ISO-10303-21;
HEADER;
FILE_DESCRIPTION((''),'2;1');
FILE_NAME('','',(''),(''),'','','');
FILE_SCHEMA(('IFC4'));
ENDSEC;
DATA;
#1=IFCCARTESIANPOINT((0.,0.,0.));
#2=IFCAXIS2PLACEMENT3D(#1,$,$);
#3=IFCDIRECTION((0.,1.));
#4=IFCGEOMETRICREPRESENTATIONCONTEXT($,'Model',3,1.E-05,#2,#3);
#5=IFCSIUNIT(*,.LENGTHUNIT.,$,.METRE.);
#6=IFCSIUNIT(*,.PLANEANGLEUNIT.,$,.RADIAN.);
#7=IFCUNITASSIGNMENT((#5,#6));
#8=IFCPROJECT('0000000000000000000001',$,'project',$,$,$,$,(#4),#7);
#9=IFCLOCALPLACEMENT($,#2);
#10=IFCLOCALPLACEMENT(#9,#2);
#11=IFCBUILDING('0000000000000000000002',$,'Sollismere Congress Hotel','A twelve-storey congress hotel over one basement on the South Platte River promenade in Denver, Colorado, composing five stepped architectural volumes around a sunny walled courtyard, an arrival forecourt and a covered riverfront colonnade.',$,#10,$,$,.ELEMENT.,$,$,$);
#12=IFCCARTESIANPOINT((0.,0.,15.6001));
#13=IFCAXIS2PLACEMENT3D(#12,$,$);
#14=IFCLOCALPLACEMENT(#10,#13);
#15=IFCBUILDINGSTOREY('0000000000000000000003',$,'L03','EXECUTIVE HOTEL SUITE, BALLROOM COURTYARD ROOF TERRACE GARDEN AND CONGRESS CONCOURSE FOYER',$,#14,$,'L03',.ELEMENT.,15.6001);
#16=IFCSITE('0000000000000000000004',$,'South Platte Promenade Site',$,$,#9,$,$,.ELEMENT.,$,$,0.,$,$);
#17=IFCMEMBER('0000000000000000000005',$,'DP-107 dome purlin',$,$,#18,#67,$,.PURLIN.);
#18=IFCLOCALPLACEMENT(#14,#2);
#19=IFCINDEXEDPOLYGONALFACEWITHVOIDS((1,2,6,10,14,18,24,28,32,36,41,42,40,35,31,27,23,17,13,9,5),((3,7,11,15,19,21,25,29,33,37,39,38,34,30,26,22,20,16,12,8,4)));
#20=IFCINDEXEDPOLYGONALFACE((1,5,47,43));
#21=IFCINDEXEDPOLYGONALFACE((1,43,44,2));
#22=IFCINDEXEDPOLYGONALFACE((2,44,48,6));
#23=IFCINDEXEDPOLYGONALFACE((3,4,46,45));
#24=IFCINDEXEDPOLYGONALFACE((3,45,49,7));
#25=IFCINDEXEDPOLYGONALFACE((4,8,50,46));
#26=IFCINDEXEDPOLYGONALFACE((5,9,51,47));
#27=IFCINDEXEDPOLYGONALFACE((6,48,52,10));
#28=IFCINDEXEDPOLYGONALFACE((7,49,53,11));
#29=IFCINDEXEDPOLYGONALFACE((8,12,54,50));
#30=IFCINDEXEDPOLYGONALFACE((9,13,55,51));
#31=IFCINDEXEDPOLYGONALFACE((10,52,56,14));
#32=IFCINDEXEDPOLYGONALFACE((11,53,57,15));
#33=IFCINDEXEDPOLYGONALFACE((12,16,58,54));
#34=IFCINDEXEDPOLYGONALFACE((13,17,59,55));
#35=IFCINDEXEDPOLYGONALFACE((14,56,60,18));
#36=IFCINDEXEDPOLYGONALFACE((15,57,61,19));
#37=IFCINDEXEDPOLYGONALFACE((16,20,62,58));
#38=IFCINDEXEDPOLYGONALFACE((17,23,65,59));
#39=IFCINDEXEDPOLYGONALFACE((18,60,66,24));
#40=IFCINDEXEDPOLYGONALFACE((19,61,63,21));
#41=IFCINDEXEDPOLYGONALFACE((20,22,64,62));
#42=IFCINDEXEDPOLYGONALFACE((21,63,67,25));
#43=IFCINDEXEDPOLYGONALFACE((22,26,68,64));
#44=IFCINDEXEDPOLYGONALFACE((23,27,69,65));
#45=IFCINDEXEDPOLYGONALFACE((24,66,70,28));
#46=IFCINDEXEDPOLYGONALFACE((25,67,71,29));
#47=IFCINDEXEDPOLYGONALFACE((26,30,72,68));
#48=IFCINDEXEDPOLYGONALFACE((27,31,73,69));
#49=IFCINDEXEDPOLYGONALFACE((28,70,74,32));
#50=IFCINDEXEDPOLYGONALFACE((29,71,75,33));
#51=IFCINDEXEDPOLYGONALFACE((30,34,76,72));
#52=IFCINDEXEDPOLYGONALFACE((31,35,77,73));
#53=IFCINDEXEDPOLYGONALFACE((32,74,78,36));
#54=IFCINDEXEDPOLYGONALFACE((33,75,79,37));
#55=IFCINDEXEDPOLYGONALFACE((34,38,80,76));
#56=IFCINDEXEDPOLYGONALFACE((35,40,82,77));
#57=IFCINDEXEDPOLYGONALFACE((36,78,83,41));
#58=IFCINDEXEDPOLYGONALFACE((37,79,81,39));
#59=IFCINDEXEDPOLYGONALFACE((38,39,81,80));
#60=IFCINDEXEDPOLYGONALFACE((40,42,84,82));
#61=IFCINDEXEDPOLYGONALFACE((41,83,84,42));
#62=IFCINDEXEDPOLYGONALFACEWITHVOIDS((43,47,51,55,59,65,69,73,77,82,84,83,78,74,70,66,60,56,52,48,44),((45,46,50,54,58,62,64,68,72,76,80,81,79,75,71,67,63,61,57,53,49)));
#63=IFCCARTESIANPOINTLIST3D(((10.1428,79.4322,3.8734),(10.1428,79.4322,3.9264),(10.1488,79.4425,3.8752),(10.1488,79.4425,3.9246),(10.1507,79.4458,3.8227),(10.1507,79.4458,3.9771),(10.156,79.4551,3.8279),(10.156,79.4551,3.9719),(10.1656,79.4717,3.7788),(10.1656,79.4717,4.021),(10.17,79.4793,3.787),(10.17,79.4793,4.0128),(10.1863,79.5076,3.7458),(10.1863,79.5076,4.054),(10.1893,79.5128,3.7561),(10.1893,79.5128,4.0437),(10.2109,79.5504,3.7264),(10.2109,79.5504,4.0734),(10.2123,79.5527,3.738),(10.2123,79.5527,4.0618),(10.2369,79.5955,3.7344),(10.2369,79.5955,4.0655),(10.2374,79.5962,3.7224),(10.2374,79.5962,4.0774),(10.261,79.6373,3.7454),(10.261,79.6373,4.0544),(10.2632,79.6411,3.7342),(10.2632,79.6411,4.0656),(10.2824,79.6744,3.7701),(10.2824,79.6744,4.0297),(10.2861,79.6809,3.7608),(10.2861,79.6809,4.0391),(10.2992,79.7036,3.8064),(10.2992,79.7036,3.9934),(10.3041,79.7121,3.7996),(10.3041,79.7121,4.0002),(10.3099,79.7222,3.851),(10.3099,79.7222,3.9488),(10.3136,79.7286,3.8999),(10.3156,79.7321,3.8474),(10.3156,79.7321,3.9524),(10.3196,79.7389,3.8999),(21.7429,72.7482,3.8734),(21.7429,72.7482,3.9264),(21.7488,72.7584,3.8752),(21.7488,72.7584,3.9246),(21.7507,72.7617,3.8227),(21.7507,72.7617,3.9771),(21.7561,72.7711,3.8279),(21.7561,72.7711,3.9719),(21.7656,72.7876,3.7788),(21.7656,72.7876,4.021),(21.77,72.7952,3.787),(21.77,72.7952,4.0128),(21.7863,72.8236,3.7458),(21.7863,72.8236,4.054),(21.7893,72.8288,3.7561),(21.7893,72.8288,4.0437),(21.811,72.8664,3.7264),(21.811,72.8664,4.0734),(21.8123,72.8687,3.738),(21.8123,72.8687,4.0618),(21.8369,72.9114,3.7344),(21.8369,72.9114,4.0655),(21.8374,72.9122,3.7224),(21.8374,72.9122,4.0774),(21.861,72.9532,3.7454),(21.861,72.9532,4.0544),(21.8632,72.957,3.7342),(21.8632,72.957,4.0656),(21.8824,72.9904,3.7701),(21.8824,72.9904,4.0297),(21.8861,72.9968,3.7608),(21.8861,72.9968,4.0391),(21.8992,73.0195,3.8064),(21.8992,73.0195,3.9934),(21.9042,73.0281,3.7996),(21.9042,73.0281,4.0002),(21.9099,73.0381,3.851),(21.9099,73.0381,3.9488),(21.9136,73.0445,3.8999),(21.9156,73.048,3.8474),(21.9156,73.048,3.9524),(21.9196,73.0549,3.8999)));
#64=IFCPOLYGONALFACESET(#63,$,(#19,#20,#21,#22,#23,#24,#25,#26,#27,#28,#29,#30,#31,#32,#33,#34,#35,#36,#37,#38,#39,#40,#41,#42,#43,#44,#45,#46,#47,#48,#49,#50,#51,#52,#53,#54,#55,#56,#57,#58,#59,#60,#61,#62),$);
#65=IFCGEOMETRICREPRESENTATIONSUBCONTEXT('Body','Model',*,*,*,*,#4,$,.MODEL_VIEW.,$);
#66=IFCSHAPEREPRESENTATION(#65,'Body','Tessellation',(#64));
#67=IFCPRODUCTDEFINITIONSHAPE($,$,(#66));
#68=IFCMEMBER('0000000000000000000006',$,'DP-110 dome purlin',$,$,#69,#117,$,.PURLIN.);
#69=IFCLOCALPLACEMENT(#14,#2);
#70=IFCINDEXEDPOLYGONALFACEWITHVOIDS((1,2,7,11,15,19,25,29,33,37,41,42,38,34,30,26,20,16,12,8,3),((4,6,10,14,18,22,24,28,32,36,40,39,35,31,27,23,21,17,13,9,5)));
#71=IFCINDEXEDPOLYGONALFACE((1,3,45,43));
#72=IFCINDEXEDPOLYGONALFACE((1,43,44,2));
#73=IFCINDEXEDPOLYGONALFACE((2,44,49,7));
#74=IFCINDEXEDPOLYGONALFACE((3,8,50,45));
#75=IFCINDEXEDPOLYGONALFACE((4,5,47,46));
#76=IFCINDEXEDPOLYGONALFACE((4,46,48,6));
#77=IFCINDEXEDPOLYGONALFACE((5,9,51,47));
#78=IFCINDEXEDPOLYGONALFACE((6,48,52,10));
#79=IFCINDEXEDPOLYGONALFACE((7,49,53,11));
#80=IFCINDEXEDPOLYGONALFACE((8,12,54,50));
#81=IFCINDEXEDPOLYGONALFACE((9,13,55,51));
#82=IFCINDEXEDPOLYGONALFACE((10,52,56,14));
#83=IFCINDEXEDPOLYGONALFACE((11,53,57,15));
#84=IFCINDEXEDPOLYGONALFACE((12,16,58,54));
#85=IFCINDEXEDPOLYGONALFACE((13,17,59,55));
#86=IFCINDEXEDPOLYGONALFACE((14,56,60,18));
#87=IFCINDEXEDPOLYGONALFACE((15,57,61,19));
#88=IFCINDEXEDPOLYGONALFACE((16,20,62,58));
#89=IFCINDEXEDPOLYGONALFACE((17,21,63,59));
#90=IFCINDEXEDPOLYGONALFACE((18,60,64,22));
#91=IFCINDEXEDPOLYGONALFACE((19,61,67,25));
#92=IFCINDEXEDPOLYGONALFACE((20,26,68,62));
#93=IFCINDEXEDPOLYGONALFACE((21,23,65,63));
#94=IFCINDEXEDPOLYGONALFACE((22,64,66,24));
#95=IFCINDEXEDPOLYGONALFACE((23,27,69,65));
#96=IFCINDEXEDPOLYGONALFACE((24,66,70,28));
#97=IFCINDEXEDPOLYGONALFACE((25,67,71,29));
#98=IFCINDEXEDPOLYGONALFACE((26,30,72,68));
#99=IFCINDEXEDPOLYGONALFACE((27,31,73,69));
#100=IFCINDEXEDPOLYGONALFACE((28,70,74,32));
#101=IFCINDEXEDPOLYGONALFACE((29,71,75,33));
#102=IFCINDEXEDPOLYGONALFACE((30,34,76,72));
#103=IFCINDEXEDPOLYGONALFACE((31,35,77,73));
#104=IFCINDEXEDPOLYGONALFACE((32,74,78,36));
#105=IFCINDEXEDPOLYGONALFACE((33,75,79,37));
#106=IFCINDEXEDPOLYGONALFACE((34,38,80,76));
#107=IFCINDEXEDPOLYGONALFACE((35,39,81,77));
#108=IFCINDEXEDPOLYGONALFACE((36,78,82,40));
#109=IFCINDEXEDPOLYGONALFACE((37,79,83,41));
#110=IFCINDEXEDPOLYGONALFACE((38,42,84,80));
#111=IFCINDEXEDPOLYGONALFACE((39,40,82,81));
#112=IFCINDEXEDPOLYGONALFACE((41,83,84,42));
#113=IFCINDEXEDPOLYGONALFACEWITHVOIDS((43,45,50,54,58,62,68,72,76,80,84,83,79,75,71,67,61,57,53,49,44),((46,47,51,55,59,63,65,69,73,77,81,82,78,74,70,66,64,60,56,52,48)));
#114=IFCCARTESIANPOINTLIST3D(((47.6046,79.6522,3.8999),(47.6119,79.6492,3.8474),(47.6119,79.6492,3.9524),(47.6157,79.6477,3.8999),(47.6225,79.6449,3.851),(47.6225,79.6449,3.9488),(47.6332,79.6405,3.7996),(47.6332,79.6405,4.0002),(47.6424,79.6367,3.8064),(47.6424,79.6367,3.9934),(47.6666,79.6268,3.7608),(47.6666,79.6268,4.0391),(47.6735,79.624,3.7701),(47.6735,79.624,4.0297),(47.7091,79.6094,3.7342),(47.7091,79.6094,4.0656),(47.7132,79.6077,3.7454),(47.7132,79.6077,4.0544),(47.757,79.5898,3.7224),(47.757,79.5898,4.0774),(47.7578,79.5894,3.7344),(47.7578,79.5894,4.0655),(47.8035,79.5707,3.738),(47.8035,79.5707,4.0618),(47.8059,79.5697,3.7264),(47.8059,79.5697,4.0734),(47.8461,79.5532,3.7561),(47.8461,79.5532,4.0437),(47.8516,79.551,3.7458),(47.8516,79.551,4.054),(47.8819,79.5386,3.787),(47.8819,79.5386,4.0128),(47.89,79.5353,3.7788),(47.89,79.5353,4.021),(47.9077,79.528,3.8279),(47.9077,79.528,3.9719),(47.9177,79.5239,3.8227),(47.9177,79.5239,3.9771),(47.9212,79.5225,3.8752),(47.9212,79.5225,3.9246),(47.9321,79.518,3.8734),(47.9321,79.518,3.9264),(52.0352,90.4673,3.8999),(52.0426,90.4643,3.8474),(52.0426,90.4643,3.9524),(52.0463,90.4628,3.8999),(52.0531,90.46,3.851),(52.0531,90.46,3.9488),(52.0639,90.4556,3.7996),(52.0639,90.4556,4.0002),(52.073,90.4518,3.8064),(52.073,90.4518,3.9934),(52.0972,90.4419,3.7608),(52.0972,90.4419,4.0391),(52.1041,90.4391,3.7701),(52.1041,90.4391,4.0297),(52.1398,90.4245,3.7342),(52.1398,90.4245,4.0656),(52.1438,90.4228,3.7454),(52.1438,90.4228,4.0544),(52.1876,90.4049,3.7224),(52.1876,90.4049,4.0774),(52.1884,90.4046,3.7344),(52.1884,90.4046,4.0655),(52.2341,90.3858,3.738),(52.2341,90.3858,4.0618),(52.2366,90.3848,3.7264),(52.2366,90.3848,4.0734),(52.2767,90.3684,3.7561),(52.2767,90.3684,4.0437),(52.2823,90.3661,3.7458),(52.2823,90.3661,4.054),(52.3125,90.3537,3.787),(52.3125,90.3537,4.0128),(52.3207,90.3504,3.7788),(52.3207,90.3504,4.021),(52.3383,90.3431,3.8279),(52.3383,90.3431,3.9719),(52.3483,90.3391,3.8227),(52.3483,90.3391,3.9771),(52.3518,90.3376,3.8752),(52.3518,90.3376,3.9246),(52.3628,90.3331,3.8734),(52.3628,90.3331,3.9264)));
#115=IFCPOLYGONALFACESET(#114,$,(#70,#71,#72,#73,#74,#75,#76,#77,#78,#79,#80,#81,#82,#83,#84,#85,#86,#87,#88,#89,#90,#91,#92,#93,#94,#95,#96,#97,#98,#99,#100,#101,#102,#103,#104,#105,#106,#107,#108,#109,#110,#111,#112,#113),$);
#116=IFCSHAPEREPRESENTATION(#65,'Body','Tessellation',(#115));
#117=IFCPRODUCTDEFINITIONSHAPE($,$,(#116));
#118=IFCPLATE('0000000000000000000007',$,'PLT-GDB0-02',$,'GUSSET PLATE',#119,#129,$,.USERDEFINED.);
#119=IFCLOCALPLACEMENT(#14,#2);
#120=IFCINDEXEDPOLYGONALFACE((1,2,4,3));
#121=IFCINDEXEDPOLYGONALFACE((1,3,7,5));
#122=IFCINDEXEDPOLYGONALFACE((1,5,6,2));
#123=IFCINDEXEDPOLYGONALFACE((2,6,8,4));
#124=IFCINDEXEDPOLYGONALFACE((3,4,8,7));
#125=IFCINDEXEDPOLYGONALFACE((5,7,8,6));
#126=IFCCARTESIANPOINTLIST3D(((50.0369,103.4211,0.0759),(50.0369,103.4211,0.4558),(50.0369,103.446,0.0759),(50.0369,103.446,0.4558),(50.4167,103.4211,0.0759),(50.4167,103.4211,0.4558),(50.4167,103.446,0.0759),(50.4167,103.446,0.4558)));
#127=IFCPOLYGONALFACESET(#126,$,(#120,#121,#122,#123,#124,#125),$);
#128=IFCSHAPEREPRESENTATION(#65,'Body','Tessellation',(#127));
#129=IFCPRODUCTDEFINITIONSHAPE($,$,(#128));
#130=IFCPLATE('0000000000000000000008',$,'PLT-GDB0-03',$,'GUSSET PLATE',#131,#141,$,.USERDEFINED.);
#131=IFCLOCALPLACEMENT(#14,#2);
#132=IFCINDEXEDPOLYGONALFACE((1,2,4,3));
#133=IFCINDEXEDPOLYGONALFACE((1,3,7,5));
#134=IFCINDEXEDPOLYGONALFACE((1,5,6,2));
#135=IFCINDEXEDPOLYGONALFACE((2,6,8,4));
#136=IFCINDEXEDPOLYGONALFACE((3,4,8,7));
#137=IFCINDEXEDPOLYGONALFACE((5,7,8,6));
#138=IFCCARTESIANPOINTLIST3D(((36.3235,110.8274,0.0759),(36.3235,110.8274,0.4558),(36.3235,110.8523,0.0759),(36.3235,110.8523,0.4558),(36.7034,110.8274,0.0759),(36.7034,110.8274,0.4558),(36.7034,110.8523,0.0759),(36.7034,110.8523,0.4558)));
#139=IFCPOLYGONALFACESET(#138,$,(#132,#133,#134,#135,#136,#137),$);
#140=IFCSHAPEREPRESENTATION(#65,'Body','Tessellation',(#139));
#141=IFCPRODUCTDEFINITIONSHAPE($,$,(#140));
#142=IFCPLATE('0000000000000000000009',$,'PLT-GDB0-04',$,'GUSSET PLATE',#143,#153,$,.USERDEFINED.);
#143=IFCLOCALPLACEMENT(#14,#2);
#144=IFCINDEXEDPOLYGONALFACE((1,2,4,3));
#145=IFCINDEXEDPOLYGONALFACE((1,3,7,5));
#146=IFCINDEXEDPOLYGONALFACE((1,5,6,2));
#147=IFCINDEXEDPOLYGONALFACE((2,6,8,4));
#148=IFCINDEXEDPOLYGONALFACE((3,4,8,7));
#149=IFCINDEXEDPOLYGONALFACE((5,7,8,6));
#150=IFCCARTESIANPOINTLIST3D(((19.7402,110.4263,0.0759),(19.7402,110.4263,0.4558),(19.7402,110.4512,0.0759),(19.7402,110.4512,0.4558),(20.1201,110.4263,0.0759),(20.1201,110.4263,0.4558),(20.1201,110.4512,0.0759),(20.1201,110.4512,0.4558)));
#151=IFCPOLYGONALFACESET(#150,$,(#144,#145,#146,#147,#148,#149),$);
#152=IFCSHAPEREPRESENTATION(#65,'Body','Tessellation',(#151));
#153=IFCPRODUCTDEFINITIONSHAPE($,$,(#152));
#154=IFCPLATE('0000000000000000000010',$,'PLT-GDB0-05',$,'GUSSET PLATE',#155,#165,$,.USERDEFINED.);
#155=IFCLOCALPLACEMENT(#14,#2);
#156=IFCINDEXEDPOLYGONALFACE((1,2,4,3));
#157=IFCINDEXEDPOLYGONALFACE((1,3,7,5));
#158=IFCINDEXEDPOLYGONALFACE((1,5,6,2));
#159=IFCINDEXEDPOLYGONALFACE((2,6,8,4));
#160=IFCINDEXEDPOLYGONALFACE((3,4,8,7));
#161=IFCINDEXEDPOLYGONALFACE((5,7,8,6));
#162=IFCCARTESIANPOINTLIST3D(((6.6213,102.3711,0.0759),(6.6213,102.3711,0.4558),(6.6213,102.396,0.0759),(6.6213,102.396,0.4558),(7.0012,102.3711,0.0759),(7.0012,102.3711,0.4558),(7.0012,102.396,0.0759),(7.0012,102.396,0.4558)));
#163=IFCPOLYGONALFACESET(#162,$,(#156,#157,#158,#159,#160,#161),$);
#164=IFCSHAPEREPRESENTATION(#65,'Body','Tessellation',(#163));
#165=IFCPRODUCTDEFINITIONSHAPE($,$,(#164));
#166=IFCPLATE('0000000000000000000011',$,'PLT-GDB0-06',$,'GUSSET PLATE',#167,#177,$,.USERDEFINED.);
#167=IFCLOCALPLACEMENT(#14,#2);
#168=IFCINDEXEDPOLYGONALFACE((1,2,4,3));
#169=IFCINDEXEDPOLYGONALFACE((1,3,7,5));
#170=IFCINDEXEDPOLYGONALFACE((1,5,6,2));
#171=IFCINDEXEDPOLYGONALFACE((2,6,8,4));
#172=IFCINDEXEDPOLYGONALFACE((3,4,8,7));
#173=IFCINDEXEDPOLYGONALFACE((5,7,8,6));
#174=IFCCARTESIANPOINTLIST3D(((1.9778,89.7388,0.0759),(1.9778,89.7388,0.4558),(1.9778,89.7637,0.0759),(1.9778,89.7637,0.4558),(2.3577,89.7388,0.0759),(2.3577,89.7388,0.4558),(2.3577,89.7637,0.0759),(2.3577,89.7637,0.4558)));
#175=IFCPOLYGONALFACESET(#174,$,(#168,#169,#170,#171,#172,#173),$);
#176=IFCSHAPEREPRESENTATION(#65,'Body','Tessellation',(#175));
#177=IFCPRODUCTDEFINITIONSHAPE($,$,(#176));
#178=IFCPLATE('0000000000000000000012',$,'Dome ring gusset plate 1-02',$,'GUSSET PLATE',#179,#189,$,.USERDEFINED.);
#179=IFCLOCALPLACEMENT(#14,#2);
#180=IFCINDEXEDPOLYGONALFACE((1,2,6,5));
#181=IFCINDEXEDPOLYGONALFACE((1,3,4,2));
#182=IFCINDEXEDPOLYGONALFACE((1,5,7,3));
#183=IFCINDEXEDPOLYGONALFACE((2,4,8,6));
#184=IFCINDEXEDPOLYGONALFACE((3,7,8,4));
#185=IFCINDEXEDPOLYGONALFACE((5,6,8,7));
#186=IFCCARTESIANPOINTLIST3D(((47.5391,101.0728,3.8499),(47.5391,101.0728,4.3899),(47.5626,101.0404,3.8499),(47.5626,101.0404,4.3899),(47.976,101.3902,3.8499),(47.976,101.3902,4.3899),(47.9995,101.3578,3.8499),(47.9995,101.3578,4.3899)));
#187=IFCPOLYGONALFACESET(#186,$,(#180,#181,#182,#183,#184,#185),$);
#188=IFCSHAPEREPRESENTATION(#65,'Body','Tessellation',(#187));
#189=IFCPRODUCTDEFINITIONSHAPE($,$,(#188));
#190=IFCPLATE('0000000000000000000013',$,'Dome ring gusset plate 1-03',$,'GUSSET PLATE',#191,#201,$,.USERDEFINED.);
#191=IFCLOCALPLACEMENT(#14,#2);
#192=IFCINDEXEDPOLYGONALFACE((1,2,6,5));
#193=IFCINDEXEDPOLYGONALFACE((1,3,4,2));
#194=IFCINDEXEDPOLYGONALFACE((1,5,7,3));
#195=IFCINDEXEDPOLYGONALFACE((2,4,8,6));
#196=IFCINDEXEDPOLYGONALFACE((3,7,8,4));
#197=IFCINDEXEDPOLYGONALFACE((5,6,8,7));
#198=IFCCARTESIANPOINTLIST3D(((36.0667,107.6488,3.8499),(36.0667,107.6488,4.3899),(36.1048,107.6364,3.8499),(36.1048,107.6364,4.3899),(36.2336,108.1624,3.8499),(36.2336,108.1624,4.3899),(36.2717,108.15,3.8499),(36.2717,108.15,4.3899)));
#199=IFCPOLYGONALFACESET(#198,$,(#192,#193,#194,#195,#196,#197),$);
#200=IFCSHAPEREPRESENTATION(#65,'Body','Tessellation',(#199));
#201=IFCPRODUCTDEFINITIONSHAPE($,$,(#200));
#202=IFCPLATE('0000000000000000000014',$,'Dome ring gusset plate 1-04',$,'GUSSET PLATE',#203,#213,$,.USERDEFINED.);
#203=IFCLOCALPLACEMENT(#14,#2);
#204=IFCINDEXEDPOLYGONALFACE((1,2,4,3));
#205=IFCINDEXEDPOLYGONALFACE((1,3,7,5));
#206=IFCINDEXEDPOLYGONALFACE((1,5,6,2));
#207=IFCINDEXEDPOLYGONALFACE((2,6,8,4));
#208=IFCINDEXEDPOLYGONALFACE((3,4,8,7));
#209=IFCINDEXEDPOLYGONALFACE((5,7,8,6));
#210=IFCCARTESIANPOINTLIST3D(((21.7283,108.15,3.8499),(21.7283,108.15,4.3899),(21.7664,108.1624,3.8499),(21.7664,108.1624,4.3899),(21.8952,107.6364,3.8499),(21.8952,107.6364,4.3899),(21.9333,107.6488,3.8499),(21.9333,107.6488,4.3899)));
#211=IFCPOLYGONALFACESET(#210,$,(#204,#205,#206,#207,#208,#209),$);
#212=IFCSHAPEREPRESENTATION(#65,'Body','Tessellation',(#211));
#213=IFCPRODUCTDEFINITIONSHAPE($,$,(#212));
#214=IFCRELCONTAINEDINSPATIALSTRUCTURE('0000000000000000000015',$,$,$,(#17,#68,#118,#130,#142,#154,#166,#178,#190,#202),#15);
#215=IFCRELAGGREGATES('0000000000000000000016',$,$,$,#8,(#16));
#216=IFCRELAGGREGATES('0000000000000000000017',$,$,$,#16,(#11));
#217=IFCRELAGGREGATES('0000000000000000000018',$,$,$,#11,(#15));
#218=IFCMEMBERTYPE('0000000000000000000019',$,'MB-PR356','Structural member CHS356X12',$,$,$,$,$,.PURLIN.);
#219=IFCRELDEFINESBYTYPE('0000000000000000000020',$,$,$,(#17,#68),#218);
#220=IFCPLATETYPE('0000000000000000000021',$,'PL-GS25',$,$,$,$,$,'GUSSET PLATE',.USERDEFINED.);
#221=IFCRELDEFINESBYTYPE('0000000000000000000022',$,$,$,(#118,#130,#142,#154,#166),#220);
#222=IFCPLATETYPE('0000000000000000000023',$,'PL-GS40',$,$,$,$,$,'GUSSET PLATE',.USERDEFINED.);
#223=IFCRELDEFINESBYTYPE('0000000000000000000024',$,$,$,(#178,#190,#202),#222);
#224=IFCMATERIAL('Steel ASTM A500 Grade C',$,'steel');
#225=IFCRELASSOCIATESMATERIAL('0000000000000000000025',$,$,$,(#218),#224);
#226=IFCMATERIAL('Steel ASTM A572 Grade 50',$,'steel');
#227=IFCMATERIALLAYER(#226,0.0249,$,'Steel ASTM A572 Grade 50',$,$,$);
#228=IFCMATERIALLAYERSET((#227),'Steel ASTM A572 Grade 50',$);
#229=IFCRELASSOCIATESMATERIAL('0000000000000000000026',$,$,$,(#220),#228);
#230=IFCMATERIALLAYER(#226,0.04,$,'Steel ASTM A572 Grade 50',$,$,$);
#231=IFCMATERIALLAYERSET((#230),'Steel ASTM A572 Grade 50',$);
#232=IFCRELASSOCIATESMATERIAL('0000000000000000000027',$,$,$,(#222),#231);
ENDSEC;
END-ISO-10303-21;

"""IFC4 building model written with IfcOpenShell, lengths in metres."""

from ifc_helpers import new_model, si_unit, direction, frame, origin, origin_2d, place, context, subcontext, project, spatial, rectangle, hollow_circle, extrude, material, layer, layer_set, material_profile, profile_set, type_object, element, save


model = new_model("IFC4")

# Units and contexts
model_context = context("Model", 3, precision=1e-05, world=origin(), true_north=direction((0.0, 1.0)))
body_context = subcontext(model_context, "Body", "Model", "MODEL_VIEW")
ifc_project = project(units=[si_unit("LENGTHUNIT", "METRE"), si_unit("PLANEANGLEUNIT", "RADIAN")], contexts=[model_context])

# Site, building, storey
site_placement = place(None, origin())
site = spatial("IfcSite", under=ifc_project, at=site_placement, Name="South Platte Promenade Site", CompositionType="ELEMENT", RefElevation=0.0)
building_placement = place(site_placement, origin())
building = spatial("IfcBuilding", under=site, at=building_placement, Name="Sollismere Congress Hotel", Description="A twelve-storey congress hotel over one basement on the South Platte River promenade in Denver, Colorado, composing five stepped architectural volumes around a sunny walled courtyard, an arrival forecourt and a covered riverfront colonnade.", CompositionType="ELEMENT")
storey_placement = place(building_placement, frame((0.0, 0.0, 15.6001)))
storey = spatial("IfcBuildingStorey", under=building, at=storey_placement, Name="L03", Description="EXECUTIVE HOTEL SUITE, BALLROOM COURTYARD ROOF TERRACE GARDEN AND CONGRESS CONCOURSE FOYER", LongName="L03", CompositionType="ELEMENT", Elevation=15.6001)

# Members
ifc_material_1 = material(Name="Steel ASTM A500 Grade C", Category="steel")
ifc_material_profile_1 = material_profile(ifc_material_1, hollow_circle(Radius=0.178, WallThickness=0.012, at=origin_2d()), Name="CHS356X12")
ifc_profile_set_1 = profile_set([ifc_material_profile_1], Name="Steel ASTM A500 Grade C")
member_type_1 = type_object("IfcMemberType", Name="MB-PR356", Description="Structural member CHS356X12", PredefinedType="PURLIN", material=ifc_profile_set_1)
member_1_placement = place(storey_placement, frame((10.2307, 79.5847, 3.8999), z_axis=(0.866453, -0.499258, 0.0), x_axis=(0.499258, 0.866453, 0.0)))
element("IfcMember", 1, at=member_1_placement, inside=storey, type_object=member_type_1, Name="DP-107 dome purlin", PredefinedType="PURLIN", context=body_context, shape_type="SweptSolid", body=[
    extrude(hollow_circle(Radius=0.178, WallThickness=0.012, at=origin_2d()), origin(), (0.0, 0.0, 1.0), 13.3879),
])
member_2_placement = place(storey_placement, frame((47.7693, 79.5847, 3.8999), z_axis=(0.379092, 0.925359, 0.0), x_axis=(-0.925359, 0.379092, 0.0)))
element("IfcMember", 2, at=member_2_placement, inside=storey, type_object=member_type_1, Name="DP-110 dome purlin", PredefinedType="PURLIN", context=body_context, shape_type="SweptSolid", body=[
    extrude(hollow_circle(Radius=0.178, WallThickness=0.012, at=origin_2d()), origin(), (0.0, 0.0, 1.0), 11.6875),
])

# Plates
ifc_material_2 = material(Name="Steel ASTM A572 Grade 50", Category="steel")
ifc_layer_1 = layer(ifc_material_2, 0.0249, Name="Steel ASTM A572 Grade 50")
ifc_layer_set_1 = layer_set([ifc_layer_1], Name="Steel ASTM A572 Grade 50")
plate_type_1 = type_object("IfcPlateType", Name="PL-GS25", ElementType="GUSSET PLATE", PredefinedType="USERDEFINED", material=ifc_layer_set_1)
for number, where, z_axis, x_axis, name in (
    (3, (50.2268, 103.4336, 0.0759), (0.0, 0.0, 1.0), (1.0, 0.0, 0.0), "PLT-GDB0-02"),
    (4, (36.5134, 110.8398, 0.0759), (0.0, 0.0, 1.0), (1.0, 0.0, 0.0), "PLT-GDB0-03"),
    (5, (19.9302, 110.4387, 0.0759), (0.0, 0.0, 1.0), (1.0, 0.0, 0.0), "PLT-GDB0-04"),
    (6, (6.8113, 102.3835, 0.0759), (0.0, 0.0, 1.0), (1.0, 0.0, 0.0), "PLT-GDB0-05"),
    (7, (2.1677, 89.7512, 0.0759), (0.0, 0.0, 1.0), (1.0, 0.0, 0.0), "PLT-GDB0-06"),
):
    element("IfcPlate", number, at=place(storey_placement, frame(where, z_axis=z_axis, x_axis=x_axis)), inside=storey, type_object=plate_type_1, Name=name, ObjectType="GUSSET PLATE", PredefinedType="USERDEFINED", context=body_context, shape_type="SweptSolid", body=[
        extrude(rectangle(XDim=0.3799, YDim=0.0249, at=origin_2d()), origin(), (0.0, 0.0, 1.0), 0.3799),
    ])
ifc_layer_2 = layer(ifc_material_2, 0.04, Name="Steel ASTM A572 Grade 50")
ifc_layer_set_2 = layer_set([ifc_layer_2], Name="Steel ASTM A572 Grade 50")
plate_type_2 = type_object("IfcPlateType", Name="PL-GS40", ElementType="GUSSET PLATE", PredefinedType="USERDEFINED", material=ifc_layer_set_2)
for number, where, z_axis, x_axis, name in (
    (8, (47.7693, 101.2153, 3.8499), (0.0, 0.0, 1.0), (0.809017, 0.587785, 0.0), "Dome ring gusset plate 1-02"),
    (9, (36.1692, 107.8994, 3.8499), (0.0, 0.0, 1.0), (0.309017, 0.951057, 0.0), "Dome ring gusset plate 1-03"),
    (10, (21.8308, 107.8994, 3.8499), (0.0, 0.0, 1.0), (-0.309017, 0.951057, 0.0), "Dome ring gusset plate 1-04"),
):
    element("IfcPlate", number, at=place(storey_placement, frame(where, z_axis=z_axis, x_axis=x_axis)), inside=storey, type_object=plate_type_2, Name=name, ObjectType="GUSSET PLATE", PredefinedType="USERDEFINED", context=body_context, shape_type="SweptSolid", body=[
        extrude(rectangle(XDim=0.54, YDim=0.04, at=origin_2d()), origin(), (0.0, 0.0, 1.0), 0.54),
    ])

save(model, "model.ifc")
